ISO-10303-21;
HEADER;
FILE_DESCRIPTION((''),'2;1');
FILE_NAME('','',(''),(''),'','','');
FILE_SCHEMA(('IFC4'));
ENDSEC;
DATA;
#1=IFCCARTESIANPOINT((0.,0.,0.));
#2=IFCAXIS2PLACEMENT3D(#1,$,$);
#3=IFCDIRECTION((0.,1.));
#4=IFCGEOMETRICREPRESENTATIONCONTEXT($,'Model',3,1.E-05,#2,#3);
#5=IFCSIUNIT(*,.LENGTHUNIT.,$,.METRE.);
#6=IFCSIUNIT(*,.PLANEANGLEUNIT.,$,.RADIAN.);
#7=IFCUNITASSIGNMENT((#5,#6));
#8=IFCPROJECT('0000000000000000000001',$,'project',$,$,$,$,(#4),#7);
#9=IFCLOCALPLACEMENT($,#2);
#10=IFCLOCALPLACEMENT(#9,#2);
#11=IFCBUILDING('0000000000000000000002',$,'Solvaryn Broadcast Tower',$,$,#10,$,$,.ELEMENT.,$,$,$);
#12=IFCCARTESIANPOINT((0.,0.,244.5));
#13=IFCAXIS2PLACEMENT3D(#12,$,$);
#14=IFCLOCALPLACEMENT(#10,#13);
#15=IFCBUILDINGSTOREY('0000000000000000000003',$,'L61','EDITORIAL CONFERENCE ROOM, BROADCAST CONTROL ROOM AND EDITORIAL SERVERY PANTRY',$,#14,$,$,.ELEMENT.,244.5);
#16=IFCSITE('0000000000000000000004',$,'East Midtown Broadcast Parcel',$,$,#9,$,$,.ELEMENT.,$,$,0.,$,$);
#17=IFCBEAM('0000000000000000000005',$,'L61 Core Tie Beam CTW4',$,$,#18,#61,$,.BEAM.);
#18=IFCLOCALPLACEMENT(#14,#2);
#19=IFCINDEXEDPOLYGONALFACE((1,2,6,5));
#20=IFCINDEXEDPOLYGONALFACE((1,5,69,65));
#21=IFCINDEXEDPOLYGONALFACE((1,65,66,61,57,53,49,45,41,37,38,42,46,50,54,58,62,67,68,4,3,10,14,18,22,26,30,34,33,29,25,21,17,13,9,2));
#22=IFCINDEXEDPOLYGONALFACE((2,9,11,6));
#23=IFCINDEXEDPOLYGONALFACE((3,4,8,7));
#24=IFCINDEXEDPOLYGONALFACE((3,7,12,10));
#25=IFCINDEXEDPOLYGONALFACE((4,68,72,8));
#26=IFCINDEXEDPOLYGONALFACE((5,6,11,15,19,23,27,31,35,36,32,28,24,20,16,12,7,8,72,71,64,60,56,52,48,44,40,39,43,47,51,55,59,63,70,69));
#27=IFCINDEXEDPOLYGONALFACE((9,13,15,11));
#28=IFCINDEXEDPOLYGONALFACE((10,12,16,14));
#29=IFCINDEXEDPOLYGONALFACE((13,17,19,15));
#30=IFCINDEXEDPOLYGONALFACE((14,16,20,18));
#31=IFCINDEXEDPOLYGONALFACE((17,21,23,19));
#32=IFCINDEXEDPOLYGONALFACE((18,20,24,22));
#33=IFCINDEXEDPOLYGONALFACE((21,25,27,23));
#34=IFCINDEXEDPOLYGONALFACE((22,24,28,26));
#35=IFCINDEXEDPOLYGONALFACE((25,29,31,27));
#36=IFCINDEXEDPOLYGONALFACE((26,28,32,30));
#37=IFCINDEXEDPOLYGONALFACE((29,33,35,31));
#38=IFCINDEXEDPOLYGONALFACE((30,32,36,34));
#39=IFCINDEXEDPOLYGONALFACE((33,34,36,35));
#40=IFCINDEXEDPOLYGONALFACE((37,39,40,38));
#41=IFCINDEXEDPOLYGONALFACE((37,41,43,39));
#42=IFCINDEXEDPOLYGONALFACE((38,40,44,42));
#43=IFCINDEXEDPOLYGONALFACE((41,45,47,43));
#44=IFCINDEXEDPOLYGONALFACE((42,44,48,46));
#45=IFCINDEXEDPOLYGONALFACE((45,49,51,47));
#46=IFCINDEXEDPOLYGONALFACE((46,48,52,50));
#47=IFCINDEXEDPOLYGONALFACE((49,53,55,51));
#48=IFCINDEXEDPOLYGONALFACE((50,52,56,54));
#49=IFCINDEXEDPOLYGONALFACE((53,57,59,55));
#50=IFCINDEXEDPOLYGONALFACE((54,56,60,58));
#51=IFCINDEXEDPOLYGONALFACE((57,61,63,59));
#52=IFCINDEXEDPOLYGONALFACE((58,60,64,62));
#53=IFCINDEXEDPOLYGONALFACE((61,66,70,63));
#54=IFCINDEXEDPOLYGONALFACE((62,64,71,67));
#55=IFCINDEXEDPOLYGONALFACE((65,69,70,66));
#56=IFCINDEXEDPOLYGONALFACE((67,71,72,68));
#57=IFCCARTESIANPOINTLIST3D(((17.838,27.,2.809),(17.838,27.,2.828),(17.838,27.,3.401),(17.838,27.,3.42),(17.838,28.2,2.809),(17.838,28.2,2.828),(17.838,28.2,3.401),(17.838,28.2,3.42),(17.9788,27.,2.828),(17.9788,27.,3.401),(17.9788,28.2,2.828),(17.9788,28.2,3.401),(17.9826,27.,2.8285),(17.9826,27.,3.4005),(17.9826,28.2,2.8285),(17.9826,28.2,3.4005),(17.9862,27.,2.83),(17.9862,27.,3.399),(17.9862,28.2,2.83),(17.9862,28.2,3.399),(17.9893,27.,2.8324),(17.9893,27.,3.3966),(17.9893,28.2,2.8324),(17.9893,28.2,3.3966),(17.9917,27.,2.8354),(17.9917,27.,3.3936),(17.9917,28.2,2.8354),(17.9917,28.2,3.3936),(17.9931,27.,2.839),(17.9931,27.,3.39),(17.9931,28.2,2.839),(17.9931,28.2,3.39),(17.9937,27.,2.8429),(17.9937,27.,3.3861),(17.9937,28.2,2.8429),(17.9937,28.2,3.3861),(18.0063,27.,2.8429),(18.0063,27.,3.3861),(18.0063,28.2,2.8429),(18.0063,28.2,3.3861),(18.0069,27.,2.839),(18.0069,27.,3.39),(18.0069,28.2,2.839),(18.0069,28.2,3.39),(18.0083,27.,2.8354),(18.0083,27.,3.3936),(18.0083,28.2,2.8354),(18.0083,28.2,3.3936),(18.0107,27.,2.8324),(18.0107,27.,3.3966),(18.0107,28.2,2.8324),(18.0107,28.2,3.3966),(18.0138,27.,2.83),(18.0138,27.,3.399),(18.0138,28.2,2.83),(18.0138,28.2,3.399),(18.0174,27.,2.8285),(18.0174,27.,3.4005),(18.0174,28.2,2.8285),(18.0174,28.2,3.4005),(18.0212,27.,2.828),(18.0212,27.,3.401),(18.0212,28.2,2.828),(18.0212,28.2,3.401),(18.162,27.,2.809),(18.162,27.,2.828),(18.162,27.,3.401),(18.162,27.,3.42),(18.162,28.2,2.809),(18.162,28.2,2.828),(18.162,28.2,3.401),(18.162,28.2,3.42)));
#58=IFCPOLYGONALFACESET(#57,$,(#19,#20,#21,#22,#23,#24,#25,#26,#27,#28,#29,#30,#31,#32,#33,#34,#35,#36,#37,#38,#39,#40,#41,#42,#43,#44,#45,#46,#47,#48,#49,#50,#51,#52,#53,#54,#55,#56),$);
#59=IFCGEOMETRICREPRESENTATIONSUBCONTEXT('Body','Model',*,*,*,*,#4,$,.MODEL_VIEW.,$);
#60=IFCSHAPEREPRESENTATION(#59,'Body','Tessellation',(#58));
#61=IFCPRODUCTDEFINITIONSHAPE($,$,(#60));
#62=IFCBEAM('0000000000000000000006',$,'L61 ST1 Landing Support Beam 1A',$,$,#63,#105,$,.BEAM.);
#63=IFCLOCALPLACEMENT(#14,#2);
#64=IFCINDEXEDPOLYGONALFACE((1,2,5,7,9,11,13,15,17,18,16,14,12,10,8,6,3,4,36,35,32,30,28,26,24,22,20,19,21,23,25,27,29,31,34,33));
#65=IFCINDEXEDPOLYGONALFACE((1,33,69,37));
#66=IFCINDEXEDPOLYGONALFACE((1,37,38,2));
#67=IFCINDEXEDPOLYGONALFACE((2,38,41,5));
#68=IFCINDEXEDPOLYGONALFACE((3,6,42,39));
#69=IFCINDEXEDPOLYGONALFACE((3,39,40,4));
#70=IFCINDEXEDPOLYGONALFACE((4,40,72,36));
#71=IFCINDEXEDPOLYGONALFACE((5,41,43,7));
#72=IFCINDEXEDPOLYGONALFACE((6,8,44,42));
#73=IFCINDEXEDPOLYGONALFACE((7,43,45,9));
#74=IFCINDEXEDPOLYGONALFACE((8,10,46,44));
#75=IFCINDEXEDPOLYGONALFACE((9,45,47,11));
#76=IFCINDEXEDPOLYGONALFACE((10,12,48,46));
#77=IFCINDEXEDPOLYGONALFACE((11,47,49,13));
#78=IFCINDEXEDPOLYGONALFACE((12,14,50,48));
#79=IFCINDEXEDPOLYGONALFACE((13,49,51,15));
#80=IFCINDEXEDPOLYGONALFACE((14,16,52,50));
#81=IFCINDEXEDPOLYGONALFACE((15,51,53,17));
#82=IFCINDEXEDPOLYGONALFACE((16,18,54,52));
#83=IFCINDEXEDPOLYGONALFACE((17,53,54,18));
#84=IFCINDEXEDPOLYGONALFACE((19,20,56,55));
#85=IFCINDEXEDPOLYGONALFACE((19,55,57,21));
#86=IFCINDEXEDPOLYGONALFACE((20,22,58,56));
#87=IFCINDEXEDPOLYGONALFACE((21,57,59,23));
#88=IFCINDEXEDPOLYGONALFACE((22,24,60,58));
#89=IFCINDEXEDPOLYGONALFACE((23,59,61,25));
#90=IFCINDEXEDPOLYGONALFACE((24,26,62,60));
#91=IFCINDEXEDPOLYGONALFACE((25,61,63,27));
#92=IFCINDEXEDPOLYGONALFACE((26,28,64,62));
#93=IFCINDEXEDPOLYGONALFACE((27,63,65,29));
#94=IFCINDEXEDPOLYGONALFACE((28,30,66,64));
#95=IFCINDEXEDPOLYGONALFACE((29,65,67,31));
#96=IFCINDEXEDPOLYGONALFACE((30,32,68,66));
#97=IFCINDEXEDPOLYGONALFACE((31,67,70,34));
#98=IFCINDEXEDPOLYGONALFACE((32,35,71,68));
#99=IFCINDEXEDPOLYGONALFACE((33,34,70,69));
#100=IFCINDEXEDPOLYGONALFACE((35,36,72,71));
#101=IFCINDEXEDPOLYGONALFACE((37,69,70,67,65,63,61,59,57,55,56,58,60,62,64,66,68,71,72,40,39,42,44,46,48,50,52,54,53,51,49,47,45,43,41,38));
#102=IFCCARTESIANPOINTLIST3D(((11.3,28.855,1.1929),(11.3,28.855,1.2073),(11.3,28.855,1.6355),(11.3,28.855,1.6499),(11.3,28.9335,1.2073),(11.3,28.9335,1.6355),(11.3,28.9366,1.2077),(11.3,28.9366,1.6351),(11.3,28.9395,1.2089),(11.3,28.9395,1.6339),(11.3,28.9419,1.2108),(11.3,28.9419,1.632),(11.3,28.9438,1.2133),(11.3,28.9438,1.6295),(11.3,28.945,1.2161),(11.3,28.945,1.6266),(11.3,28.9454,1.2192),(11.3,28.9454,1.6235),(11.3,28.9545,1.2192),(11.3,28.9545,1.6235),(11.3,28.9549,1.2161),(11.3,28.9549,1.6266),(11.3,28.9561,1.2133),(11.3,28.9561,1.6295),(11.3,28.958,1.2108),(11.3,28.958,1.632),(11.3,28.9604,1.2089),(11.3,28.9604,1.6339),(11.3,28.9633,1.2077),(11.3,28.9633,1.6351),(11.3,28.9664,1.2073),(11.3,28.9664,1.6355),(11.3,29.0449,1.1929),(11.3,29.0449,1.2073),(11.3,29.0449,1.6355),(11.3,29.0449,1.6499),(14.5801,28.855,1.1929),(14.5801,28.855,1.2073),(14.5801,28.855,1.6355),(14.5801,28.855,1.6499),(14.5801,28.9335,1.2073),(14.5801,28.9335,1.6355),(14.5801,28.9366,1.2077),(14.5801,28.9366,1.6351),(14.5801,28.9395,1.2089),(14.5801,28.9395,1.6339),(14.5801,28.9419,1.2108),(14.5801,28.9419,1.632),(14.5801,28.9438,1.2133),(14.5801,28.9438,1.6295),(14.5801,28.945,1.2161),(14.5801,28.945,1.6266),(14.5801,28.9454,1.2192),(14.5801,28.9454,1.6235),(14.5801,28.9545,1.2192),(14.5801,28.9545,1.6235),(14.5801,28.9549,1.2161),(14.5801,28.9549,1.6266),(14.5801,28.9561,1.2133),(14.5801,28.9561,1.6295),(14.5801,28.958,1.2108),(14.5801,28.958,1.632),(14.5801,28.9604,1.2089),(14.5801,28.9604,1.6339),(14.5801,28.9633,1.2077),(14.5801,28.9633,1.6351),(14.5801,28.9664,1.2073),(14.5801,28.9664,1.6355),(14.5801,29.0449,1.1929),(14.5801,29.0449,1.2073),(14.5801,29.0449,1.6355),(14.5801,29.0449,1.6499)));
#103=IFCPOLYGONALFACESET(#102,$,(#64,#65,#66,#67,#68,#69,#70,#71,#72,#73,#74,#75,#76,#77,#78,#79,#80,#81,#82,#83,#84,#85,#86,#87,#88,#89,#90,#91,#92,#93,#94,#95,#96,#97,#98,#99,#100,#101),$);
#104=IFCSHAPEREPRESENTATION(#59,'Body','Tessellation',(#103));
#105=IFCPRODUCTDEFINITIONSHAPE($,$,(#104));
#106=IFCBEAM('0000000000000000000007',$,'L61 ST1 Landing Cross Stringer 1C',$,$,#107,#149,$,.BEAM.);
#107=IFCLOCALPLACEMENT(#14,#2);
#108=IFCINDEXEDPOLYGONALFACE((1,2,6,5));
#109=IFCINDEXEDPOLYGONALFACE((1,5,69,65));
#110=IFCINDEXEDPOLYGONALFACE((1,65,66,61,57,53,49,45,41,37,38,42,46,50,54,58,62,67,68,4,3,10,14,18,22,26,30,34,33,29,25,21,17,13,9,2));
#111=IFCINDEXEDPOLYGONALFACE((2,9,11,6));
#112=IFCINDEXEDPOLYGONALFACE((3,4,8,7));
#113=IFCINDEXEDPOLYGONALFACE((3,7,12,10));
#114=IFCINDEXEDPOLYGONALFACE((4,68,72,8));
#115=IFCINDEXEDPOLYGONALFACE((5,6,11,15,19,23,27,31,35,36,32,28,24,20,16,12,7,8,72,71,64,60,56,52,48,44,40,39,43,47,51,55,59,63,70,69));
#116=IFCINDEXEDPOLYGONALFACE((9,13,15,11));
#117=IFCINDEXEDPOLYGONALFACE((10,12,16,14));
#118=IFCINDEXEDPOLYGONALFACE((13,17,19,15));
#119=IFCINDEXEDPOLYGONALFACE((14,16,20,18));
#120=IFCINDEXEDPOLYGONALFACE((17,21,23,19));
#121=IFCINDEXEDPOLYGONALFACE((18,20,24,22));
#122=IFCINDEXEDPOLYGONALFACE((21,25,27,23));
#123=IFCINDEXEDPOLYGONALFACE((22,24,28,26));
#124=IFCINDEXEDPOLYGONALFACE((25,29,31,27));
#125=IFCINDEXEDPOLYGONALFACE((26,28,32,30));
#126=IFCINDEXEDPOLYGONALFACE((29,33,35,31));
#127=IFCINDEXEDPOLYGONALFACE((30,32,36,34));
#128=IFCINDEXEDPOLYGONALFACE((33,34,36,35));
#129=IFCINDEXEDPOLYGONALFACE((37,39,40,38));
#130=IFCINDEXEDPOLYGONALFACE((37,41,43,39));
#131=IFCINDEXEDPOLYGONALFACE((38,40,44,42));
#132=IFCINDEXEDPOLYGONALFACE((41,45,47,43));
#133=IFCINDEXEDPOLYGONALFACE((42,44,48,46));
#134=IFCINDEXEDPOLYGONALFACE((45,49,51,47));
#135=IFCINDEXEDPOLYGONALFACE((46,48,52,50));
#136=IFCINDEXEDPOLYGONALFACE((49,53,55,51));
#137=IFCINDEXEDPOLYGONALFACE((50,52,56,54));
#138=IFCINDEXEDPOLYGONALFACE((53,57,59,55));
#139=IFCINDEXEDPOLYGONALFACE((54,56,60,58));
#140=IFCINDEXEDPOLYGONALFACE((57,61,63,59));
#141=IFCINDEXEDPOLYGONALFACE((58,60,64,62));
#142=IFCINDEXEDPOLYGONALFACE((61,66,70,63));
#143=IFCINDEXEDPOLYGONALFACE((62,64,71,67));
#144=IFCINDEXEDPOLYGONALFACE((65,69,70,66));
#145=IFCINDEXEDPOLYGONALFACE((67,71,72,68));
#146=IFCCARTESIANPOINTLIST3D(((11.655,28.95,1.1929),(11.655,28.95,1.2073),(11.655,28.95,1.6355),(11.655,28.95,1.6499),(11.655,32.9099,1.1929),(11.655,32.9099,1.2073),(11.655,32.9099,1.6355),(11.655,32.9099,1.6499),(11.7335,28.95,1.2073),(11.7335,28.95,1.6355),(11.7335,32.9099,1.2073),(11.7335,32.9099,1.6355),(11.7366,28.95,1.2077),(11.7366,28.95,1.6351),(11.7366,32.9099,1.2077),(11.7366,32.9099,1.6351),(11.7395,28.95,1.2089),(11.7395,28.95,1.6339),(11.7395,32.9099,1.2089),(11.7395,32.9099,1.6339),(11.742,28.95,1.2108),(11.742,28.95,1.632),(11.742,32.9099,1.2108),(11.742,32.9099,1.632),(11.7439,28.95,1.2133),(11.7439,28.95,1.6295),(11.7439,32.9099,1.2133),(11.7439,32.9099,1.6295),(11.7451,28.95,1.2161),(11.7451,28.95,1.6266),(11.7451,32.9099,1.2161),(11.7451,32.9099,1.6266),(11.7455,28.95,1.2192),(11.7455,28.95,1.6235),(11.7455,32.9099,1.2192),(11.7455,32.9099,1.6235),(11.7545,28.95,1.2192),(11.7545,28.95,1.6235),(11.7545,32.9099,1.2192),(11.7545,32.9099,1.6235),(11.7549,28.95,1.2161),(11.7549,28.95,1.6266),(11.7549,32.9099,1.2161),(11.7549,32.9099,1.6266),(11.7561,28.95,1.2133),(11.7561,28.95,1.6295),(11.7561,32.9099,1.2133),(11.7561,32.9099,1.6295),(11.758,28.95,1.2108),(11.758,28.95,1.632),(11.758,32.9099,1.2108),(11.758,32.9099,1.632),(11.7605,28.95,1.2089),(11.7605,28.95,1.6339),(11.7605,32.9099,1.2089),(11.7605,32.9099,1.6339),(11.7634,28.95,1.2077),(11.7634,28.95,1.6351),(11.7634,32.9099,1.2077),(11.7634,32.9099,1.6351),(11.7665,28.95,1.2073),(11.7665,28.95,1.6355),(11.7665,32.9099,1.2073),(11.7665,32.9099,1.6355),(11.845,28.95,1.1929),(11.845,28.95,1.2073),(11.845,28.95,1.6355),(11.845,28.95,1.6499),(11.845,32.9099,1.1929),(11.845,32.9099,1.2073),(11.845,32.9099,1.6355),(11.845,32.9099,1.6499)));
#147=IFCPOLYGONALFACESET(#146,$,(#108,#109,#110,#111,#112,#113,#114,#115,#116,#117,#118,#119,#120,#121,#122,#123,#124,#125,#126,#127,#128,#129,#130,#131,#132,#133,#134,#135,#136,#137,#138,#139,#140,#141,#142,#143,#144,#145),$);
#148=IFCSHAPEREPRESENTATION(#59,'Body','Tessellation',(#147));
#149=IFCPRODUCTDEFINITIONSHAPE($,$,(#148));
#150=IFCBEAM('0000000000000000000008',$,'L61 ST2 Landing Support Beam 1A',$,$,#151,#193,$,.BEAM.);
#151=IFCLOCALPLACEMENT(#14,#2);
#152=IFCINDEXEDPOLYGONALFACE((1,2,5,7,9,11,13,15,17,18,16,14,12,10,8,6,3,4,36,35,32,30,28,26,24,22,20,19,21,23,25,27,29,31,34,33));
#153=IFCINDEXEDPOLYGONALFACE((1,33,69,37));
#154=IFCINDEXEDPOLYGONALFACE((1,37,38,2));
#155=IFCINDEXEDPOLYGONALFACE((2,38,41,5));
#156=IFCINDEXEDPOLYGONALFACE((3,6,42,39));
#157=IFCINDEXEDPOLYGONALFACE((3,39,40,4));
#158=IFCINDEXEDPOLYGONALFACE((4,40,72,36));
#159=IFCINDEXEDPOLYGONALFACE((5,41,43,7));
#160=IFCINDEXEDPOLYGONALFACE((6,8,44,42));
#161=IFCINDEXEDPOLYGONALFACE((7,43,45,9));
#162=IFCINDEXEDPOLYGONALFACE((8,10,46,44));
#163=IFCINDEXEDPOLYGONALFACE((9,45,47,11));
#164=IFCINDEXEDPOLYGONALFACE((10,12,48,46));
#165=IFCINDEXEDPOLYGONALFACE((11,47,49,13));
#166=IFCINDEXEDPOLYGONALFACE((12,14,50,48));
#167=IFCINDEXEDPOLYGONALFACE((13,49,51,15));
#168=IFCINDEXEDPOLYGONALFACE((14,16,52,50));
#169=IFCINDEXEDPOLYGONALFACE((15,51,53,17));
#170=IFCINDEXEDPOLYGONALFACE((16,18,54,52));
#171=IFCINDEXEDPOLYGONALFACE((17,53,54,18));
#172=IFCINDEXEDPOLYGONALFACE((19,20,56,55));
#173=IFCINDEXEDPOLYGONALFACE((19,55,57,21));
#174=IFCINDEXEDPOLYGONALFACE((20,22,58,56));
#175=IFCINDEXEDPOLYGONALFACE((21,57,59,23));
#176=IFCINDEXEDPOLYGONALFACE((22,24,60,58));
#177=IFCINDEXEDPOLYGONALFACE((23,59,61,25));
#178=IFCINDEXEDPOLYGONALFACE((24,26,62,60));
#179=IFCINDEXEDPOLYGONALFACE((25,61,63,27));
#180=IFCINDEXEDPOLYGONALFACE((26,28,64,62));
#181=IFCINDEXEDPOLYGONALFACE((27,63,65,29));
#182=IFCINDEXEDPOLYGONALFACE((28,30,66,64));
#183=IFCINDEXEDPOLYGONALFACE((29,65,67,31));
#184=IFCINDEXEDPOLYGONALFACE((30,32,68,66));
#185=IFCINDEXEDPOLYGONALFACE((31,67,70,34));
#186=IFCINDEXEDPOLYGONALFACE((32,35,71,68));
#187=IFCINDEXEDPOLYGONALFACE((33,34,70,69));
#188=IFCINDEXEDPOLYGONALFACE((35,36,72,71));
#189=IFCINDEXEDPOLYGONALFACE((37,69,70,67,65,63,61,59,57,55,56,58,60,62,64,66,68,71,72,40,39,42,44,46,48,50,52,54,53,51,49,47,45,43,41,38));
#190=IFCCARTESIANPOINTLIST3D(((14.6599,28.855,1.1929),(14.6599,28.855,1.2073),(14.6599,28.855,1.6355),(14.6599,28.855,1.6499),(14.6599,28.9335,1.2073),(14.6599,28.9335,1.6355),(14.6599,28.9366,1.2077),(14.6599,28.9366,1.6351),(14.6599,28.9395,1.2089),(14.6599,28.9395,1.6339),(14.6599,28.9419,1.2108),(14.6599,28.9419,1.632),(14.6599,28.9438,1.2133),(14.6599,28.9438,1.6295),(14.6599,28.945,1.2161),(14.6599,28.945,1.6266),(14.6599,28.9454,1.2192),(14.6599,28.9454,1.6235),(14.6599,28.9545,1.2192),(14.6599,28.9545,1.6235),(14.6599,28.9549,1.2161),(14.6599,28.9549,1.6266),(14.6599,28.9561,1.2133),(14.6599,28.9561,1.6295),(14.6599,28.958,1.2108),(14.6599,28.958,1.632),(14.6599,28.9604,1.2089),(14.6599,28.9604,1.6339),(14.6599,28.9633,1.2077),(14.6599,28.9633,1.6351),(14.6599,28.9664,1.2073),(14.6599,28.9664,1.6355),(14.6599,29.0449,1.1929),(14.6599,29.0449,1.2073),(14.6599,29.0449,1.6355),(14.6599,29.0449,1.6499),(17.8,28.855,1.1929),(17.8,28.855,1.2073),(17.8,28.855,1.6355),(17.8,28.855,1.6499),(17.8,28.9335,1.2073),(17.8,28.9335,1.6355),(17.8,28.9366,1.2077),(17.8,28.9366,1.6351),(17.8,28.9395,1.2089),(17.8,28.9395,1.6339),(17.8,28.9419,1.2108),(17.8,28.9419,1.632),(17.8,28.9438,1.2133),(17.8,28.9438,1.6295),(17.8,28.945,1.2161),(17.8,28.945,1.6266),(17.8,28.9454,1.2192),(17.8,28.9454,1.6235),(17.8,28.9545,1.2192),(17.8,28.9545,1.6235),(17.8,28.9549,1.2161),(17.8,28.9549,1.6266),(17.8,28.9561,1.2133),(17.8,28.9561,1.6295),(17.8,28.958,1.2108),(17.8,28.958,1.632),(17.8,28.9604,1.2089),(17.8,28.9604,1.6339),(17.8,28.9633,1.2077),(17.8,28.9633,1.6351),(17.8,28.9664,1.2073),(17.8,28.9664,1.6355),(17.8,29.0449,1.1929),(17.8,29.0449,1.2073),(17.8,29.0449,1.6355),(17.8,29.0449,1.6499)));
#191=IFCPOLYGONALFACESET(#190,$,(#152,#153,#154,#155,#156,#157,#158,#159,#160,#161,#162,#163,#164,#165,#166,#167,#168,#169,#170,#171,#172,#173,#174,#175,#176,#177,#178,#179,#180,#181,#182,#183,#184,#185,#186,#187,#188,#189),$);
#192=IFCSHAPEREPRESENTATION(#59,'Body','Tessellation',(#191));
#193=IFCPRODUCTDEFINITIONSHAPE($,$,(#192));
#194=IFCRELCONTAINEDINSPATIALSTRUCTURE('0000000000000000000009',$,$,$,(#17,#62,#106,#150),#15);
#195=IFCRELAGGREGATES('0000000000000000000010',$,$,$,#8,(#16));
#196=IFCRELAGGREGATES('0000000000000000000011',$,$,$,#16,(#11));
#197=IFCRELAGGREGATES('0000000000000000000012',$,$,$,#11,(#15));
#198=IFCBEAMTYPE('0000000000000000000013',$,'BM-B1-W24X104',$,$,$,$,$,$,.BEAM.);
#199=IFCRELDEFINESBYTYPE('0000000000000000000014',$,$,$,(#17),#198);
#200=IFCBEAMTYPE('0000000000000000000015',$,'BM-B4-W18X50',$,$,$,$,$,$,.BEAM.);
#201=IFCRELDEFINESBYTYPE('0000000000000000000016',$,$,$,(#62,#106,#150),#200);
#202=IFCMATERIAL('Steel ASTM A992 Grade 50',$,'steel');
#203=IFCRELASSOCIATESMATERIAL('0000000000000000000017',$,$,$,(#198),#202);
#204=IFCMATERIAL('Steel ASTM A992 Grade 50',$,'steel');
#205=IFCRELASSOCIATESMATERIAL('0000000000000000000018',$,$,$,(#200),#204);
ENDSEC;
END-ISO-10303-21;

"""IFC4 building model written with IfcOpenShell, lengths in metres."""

from ifc_helpers import new_model, si_unit, direction, frame, origin, origin_2d, place, context, subcontext, project, spatial, i_section, extrude, material, material_profile, profile_set, type_object, element, save


model = new_model("IFC4")

# Units and contexts
model_context = context("Model", 3, precision=1e-05, world=origin(), true_north=direction((0.0, 1.0)))
body_context = subcontext(model_context, "Body", "Model", "MODEL_VIEW")
ifc_project = project(units=[si_unit("LENGTHUNIT", "METRE"), si_unit("PLANEANGLEUNIT", "RADIAN")], contexts=[model_context])

# Site, building, storey
site_placement = place(None, origin())
site = spatial("IfcSite", under=ifc_project, at=site_placement, Name="East Midtown Broadcast Parcel", CompositionType="ELEMENT", RefElevation=0.0)
building_placement = place(site_placement, origin())
building = spatial("IfcBuilding", under=site, at=building_placement, Name="Solvaryn Broadcast Tower", CompositionType="ELEMENT")
storey_placement = place(building_placement, frame((0.0, 0.0, 244.5)))
storey = spatial("IfcBuildingStorey", under=building, at=storey_placement, Name="L61", Description="EDITORIAL CONFERENCE ROOM, BROADCAST CONTROL ROOM AND EDITORIAL SERVERY PANTRY", CompositionType="ELEMENT", Elevation=244.5)

# Beams
ifc_material_1 = material(Name="Steel ASTM A992 Grade 50", Category="steel")
ifc_material_profile_1 = material_profile(ifc_material_1, i_section(OverallWidth=0.324, OverallDepth=0.6111, WebThickness=0.0127, FlangeThickness=0.019, FilletRadius=0.0149, at=origin_2d()))
ifc_profile_set_1 = profile_set([ifc_material_profile_1], Name="Steel ASTM A992 Grade 50")
beam_type_1 = type_object("IfcBeamType", Name="BM-B1-W24X104", PredefinedType="BEAM", material=ifc_profile_set_1)
beam_1_placement = place(storey_placement, frame((18.0, 27.0, 3.1145), z_axis=(0.0, 1.0, 0.0), x_axis=(-1.0, 0.0, 0.0)))
element("IfcBeam", 1, at=beam_1_placement, inside=storey, type_object=beam_type_1, Name="L61 Core Tie Beam CTW4", PredefinedType="BEAM", context=body_context, shape_type="SweptSolid", body=[
    extrude(i_section(OverallWidth=0.324, OverallDepth=0.6111, WebThickness=0.0127, FlangeThickness=0.019, FilletRadius=0.0149, at=origin_2d()), origin(), (0.0, 0.0, 1.0), 1.2),
])
ifc_material_2 = material(Name="Steel ASTM A992 Grade 50", Category="steel")
ifc_material_profile_2 = material_profile(ifc_material_2, i_section(OverallWidth=0.1899, OverallDepth=0.457, WebThickness=0.009, FlangeThickness=0.0144, FilletRadius=0.012, at=origin_2d()))
ifc_profile_set_2 = profile_set([ifc_material_profile_2], Name="Steel ASTM A992 Grade 50")
beam_type_2 = type_object("IfcBeamType", Name="BM-B4-W18X50", PredefinedType="BEAM", material=ifc_profile_set_2)
beam_2_placement = place(storey_placement, frame((11.3, 28.95, 1.4214), z_axis=(1.0, 0.0, 0.0), x_axis=(0.0, 1.0, 0.0)))
element("IfcBeam", 2, at=beam_2_placement, inside=storey, type_object=beam_type_2, Name="L61 ST1 Landing Support Beam 1A", PredefinedType="BEAM", context=body_context, shape_type="SweptSolid", body=[
    extrude(i_section(OverallWidth=0.1899, OverallDepth=0.457, WebThickness=0.009, FlangeThickness=0.0144, FilletRadius=0.012, at=origin_2d()), origin(), (0.0, 0.0, 1.0), 3.28),
])
beam_3_placement = place(storey_placement, frame((11.75, 28.95, 1.4214), z_axis=(0.0, 1.0, 0.0), x_axis=(-1.0, 0.0, 0.0)))
element("IfcBeam", 3, at=beam_3_placement, inside=storey, type_object=beam_type_2, Name="L61 ST1 Landing Cross Stringer 1C", PredefinedType="BEAM", context=body_context, shape_type="SweptSolid", body=[
    extrude(i_section(OverallWidth=0.1899, OverallDepth=0.457, WebThickness=0.009, FlangeThickness=0.0144, FilletRadius=0.012, at=origin_2d()), origin(), (0.0, 0.0, 1.0), 3.96),
])
beam_4_placement = place(storey_placement, frame((14.6599, 28.95, 1.4214), z_axis=(1.0, 0.0, 0.0), x_axis=(0.0, 1.0, 0.0)))
element("IfcBeam", 4, at=beam_4_placement, inside=storey, type_object=beam_type_2, Name="L61 ST2 Landing Support Beam 1A", PredefinedType="BEAM", context=body_context, shape_type="SweptSolid", body=[
    extrude(i_section(OverallWidth=0.1899, OverallDepth=0.457, WebThickness=0.009, FlangeThickness=0.0144, FilletRadius=0.012, at=origin_2d()), origin(), (0.0, 0.0, 1.0), 3.1401),
])

save(model, "model.ifc")
